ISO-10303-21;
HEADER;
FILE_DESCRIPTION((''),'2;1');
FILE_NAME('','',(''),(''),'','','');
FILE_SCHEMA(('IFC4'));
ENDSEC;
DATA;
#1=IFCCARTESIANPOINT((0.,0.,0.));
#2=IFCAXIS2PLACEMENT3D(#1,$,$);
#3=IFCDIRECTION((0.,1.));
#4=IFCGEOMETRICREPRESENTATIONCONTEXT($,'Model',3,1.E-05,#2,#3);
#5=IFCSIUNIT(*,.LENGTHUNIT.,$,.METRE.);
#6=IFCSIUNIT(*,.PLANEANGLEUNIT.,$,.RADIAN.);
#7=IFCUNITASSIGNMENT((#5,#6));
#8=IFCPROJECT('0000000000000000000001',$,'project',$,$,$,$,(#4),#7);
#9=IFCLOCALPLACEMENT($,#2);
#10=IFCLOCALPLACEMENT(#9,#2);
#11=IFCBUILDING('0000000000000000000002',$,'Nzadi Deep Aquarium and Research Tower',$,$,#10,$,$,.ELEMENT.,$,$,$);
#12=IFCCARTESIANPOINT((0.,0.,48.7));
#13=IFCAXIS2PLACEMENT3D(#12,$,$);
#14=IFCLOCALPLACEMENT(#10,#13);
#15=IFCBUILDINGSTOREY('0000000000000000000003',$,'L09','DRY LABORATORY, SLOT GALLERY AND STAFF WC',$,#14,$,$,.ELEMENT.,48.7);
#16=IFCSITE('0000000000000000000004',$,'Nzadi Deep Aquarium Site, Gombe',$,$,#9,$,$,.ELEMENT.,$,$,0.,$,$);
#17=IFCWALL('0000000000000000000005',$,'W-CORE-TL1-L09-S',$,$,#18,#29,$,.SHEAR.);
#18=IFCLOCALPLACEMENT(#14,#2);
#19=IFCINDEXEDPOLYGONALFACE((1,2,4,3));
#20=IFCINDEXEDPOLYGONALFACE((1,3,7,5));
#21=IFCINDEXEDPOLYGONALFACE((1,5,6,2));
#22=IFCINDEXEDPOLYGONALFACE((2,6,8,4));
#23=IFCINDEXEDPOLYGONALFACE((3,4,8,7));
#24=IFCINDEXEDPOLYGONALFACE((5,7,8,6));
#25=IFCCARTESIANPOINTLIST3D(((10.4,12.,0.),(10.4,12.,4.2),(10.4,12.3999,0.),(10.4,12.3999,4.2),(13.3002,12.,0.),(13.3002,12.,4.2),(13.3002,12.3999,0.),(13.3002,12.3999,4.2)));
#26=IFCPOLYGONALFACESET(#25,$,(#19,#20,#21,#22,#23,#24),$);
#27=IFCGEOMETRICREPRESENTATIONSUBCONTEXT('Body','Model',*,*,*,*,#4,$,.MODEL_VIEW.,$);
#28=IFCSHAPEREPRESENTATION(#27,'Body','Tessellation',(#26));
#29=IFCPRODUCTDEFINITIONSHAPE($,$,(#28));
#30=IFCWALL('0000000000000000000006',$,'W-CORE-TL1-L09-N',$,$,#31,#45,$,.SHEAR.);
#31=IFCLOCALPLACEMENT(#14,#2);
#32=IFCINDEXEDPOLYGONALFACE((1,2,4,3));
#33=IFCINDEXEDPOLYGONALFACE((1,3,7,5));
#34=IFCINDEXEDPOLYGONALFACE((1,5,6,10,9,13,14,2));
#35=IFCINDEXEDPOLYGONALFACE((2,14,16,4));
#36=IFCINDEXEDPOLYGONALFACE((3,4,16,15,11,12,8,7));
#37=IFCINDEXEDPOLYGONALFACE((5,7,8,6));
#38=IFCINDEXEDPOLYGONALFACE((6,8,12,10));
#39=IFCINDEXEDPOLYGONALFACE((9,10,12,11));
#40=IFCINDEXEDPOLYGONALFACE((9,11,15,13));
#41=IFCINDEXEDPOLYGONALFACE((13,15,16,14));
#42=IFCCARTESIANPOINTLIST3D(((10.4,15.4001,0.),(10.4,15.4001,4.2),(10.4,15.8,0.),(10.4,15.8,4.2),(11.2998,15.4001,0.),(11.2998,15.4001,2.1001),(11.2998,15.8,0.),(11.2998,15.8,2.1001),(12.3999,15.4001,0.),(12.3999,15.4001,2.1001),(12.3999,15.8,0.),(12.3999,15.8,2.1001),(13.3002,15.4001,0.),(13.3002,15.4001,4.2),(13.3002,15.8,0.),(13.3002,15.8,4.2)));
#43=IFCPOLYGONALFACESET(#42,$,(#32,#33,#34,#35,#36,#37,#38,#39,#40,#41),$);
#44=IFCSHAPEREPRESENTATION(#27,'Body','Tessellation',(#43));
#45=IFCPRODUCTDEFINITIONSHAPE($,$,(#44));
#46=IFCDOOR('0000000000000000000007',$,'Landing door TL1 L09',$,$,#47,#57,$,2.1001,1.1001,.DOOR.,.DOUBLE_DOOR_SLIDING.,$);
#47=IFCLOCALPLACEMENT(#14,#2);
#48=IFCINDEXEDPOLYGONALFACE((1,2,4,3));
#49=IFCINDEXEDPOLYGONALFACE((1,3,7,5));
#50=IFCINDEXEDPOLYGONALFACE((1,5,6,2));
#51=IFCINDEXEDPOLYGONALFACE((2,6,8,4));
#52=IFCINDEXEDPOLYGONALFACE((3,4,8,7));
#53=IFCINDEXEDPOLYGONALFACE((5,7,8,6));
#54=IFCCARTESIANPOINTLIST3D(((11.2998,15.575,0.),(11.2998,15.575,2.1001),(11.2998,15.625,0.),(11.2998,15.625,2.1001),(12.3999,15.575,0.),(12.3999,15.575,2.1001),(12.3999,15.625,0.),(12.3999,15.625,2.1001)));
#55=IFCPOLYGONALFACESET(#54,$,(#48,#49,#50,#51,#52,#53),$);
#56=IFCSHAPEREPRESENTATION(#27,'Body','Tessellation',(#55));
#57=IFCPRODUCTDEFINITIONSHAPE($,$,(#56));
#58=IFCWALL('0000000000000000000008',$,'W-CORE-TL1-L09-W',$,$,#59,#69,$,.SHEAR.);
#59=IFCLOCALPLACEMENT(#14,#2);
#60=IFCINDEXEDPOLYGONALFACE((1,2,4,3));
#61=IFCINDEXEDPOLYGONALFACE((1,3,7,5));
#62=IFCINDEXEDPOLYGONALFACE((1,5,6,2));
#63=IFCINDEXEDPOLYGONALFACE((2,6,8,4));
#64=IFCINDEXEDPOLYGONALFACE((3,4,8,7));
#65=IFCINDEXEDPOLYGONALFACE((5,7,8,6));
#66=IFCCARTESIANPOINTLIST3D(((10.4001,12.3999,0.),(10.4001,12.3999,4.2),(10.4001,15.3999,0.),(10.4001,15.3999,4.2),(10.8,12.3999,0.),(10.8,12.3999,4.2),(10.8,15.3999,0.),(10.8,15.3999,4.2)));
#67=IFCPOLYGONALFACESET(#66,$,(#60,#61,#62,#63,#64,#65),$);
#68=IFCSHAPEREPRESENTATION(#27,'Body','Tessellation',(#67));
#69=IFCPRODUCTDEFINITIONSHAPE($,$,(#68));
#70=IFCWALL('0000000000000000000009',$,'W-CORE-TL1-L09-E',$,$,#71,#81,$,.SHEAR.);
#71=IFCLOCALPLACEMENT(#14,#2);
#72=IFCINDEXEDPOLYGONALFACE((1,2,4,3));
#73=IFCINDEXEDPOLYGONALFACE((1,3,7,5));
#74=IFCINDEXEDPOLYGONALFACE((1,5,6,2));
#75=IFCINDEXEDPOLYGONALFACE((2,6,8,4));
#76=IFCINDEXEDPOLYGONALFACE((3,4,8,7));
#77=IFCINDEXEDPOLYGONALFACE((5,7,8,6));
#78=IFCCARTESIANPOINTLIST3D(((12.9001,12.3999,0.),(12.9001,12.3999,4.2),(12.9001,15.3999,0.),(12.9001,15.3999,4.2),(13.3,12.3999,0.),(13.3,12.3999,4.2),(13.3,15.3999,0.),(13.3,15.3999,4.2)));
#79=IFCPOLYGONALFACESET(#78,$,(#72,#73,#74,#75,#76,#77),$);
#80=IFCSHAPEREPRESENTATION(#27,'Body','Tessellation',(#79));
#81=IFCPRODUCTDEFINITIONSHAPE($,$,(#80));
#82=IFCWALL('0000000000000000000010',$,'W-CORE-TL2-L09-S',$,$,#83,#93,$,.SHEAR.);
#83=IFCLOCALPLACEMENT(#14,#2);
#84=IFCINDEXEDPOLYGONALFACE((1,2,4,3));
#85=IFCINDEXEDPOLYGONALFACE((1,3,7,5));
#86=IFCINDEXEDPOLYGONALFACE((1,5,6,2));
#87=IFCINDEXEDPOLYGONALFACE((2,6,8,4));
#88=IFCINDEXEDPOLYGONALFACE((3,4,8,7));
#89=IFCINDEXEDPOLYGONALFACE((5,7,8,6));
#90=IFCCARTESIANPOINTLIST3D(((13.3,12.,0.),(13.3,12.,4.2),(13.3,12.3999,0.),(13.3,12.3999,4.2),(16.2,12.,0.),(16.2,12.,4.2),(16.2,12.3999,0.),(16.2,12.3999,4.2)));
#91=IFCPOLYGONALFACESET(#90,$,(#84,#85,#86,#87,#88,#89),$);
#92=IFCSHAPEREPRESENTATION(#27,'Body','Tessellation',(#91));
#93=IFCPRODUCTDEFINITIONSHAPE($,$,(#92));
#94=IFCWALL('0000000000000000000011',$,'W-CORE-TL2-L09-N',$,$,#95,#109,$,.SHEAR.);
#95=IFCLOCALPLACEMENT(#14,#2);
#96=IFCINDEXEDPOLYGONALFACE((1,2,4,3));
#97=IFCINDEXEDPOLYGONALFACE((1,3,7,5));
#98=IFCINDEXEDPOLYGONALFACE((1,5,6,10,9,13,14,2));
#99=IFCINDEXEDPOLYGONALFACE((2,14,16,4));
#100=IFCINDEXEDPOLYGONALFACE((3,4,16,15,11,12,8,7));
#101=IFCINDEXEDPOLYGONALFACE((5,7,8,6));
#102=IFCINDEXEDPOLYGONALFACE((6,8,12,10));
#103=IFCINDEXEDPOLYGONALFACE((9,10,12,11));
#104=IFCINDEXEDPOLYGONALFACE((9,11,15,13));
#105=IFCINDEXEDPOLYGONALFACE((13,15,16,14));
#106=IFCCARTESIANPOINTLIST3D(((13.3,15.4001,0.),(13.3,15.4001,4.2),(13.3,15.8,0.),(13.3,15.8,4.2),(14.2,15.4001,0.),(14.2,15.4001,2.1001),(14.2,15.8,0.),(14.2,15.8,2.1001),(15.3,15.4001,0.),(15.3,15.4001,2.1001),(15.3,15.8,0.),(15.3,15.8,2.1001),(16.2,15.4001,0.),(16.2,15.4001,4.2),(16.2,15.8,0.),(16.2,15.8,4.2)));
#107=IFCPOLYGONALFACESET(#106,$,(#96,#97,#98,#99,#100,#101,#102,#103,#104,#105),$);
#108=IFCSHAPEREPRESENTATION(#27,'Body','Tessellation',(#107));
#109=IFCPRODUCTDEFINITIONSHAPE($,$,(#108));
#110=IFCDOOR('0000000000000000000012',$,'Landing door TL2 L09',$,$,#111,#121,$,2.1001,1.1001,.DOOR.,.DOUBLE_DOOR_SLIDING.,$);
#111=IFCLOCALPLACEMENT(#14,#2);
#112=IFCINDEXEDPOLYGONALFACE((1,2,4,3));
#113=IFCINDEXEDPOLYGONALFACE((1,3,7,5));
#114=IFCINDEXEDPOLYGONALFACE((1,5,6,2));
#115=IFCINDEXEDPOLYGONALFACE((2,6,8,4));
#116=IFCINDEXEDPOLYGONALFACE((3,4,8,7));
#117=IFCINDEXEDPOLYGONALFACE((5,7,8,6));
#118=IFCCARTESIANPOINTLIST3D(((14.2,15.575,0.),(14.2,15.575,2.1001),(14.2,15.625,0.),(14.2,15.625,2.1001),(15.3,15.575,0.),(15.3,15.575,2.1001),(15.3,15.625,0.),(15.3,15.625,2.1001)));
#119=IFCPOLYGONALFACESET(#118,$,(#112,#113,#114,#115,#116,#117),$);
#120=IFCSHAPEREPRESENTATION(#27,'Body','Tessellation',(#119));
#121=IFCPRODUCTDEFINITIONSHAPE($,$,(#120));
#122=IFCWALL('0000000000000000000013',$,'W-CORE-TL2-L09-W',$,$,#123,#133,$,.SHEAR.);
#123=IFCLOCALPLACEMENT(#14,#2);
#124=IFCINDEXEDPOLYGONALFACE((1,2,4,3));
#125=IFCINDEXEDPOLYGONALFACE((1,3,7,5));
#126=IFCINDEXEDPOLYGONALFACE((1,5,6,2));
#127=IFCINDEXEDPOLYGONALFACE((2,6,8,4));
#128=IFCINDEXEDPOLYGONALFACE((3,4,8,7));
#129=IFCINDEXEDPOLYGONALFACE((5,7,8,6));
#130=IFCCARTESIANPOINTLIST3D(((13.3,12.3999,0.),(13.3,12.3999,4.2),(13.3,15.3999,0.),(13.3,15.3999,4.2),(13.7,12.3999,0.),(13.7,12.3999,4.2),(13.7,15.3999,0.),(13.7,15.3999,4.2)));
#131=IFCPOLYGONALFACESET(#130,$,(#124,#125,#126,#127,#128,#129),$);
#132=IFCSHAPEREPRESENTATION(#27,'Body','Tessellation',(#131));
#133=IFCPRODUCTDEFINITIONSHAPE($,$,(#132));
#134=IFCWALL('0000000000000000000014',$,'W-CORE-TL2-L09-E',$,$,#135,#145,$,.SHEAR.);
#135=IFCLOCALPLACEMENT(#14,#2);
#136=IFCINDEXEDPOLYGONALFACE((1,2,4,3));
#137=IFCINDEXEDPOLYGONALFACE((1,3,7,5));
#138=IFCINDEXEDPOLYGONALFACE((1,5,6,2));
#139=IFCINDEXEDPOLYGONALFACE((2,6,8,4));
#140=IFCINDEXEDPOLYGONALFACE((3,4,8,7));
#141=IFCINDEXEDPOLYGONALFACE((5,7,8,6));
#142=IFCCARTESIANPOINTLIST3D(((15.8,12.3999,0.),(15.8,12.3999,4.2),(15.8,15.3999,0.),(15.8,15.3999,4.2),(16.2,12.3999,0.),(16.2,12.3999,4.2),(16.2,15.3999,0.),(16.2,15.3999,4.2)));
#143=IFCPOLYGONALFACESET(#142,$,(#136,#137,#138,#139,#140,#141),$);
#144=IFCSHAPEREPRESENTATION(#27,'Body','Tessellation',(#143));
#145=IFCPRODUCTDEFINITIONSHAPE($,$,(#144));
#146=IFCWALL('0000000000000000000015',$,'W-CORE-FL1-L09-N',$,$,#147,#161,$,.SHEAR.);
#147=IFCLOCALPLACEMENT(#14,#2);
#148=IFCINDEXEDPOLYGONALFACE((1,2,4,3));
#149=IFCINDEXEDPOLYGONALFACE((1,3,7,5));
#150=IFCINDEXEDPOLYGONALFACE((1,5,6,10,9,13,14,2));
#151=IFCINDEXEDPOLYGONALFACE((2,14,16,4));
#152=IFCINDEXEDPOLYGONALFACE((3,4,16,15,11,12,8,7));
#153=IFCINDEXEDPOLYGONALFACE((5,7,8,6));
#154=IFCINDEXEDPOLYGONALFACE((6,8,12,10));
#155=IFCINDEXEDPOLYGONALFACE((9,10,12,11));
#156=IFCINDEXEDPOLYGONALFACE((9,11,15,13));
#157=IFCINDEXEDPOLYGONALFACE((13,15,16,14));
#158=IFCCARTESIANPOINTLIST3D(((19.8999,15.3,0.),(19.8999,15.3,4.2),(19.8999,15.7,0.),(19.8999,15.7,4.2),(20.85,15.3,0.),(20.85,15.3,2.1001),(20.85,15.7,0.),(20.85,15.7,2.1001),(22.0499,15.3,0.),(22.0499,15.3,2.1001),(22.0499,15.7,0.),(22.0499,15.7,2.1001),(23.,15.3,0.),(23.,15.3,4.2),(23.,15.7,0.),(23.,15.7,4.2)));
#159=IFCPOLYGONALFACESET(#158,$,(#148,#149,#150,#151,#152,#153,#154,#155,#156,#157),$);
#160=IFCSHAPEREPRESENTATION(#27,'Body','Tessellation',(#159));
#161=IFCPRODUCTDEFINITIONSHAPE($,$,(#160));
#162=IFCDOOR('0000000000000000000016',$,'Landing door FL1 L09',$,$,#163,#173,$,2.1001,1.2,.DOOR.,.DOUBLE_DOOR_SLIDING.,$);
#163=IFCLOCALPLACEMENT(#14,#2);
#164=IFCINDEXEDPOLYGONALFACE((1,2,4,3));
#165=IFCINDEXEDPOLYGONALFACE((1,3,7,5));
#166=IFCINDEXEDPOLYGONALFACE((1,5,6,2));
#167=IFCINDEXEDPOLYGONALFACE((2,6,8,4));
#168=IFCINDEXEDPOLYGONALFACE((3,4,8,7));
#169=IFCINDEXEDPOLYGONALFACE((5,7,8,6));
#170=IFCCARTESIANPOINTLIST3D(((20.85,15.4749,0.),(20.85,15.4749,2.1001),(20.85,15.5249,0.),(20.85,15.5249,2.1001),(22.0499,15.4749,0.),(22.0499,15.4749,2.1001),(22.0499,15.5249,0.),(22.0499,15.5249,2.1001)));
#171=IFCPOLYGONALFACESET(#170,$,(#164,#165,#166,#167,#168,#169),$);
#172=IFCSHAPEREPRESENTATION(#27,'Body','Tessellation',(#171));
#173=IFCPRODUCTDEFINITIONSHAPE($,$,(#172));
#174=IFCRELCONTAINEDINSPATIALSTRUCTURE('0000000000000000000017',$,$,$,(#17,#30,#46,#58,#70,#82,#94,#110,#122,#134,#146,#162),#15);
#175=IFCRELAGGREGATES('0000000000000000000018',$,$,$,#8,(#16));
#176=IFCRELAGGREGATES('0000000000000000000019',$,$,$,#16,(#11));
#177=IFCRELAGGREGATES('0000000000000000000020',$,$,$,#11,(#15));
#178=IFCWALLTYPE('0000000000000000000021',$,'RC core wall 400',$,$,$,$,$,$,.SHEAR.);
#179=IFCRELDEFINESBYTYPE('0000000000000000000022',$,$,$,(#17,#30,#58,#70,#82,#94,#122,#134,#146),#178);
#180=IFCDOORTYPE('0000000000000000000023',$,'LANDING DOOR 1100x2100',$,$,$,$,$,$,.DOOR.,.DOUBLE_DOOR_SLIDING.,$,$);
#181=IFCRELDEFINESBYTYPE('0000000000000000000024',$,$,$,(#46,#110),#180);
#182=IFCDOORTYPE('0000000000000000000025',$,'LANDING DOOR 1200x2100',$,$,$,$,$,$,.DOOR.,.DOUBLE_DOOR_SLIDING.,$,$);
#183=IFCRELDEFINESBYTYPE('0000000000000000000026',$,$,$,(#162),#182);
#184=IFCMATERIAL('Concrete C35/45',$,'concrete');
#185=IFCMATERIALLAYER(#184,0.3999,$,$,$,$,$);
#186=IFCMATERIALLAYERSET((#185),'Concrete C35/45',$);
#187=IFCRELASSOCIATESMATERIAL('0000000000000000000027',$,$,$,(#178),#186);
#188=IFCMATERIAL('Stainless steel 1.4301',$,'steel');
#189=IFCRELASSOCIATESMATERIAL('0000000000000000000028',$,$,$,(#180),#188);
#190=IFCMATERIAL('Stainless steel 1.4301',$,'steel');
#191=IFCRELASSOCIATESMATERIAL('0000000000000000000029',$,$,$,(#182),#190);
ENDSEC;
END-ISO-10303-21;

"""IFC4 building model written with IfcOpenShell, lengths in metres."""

from ifc_helpers import new_model, si_unit, direction, frame, frame_2d, origin, place, context, subcontext, project, spatial, rectangle, extrude, material, layer, layer_set, type_object, element, fill, save


model = new_model("IFC4")

# Units and contexts
model_context = context("Model", 3, precision=1e-05, world=origin(), true_north=direction((0.0, 1.0)))
body_context = subcontext(model_context, "Body", "Model", "MODEL_VIEW")
ifc_project = project(units=[si_unit("LENGTHUNIT", "METRE"), si_unit("PLANEANGLEUNIT", "RADIAN")], contexts=[model_context])

# Site, building, storey
site_placement = place(None, origin())
site = spatial("IfcSite", under=ifc_project, at=site_placement, Name="Nzadi Deep Aquarium Site, Gombe", CompositionType="ELEMENT", RefElevation=0.0)
building_placement = place(site_placement, origin())
building = spatial("IfcBuilding", under=site, at=building_placement, Name="Nzadi Deep Aquarium and Research Tower", CompositionType="ELEMENT")
storey_placement = place(building_placement, frame((0.0, 0.0, 48.7)))
storey = spatial("IfcBuildingStorey", under=building, at=storey_placement, Name="L09", Description="DRY LABORATORY, SLOT GALLERY AND STAFF WC", CompositionType="ELEMENT", Elevation=48.7)

# Wall
ifc_material_1 = material(Name="Concrete C35/45", Category="concrete")
ifc_layer_1 = layer(ifc_material_1, 0.3999)
ifc_layer_set_1 = layer_set([ifc_layer_1], Name="Concrete C35/45")
wall_type_1 = type_object("IfcWallType", Name="RC core wall 400", PredefinedType="SHEAR", material=ifc_layer_set_1)
wall_1_placement = place(storey_placement, frame((10.3999, 12.2, 0.0), z_axis=(0.0, 0.0, 1.0), x_axis=(1.0, 0.0, 0.0)))
element("IfcWall", 1, at=wall_1_placement, inside=storey, type_object=wall_type_1, Name="W-CORE-TL1-L09-S", PredefinedType="SHEAR", context=body_context, shape_type="SweptSolid", body=[
    extrude(rectangle(XDim=2.9001, YDim=0.3999, at=frame_2d((1.4502, 0.0))), origin(), (0.0, 0.0, 1.0), 4.2),
])

# Wall, opening, door
wall_2_placement = place(storey_placement, frame((10.3999, 15.6001, 0.0), z_axis=(0.0, 0.0, 1.0), x_axis=(1.0, 0.0, 0.0)))
wall_2 = element("IfcWall", 2, at=wall_2_placement, inside=storey, type_object=wall_type_1, Name="W-CORE-TL1-L09-N", PredefinedType="SHEAR", context=body_context, shape_type="SweptSolid", body=[
    extrude(rectangle(XDim=2.9001, YDim=0.3999, at=frame_2d((1.4502, 0.0))), origin(), (0.0, 0.0, 1.0), 4.2),
])
opening_1_placement = place(wall_2_placement, frame((0.8999, 0.0, 0.0)))
opening_1 = element("IfcOpeningElement", 3, at=opening_1_placement, cuts=wall_2, PredefinedType="OPENING", context=body_context, shape_type="SweptSolid", body=[
    extrude(rectangle(XDim=1.1001, YDim=2.1001, at=frame_2d((0.55, 1.05))), frame((0.0, 0.21, 0.0), z_axis=(0.0, -1.0, 0.0), x_axis=(1.0, 0.0, 0.0)), (0.0, 0.0, 1.0), 0.4199),
])
ifc_material_2 = material(Name="Stainless steel 1.4301", Category="steel")
door_type_1 = type_object("IfcDoorType", Name="LANDING DOOR 1100x2100", OperationType="DOUBLE_DOOR_SLIDING", PredefinedType="DOOR", material=ifc_material_2)
door_1_placement = place(opening_1_placement, origin())
door_1 = element("IfcDoor", 4, at=door_1_placement, inside=storey, type_object=door_type_1, Name="Landing door TL1 L09", OperationType="DOUBLE_DOOR_SLIDING", OverallHeight=2.1001, OverallWidth=1.1001, PredefinedType="DOOR", context=body_context, shape_type="SweptSolid", body=[
    extrude(rectangle(XDim=1.1001, YDim=2.1001, at=frame_2d((0.55, 1.05))), frame((0.0, 0.0249, 0.0), z_axis=(0.0, -1.0, 0.0), x_axis=(1.0, 0.0, 0.0)), (0.0, 0.0, 1.0), 0.05),
])
fill(opening_1, door_1)

# Walls
for number, where, z_axis, x_axis, name in (
    (5, (10.6001, 12.3999, 0.0), (0.0, 0.0, 1.0), (0.0, 1.0, 0.0), "W-CORE-TL1-L09-W"),
    (6, (13.1001, 12.3999, 0.0), (0.0, 0.0, 1.0), (0.0, 1.0, 0.0), "W-CORE-TL1-L09-E"),
):
    element("IfcWall", number, at=place(storey_placement, frame(where, z_axis=z_axis, x_axis=x_axis)), inside=storey, type_object=wall_type_1, Name=name, PredefinedType="SHEAR", context=body_context, shape_type="SweptSolid", body=[
        extrude(rectangle(XDim=3.0, YDim=0.3999, at=frame_2d((1.5, 0.0))), origin(), (0.0, 0.0, 1.0), 4.2),
    ])
wall_3_placement = place(storey_placement, frame((13.3, 12.2, 0.0), z_axis=(0.0, 0.0, 1.0), x_axis=(1.0, 0.0, 0.0)))
element("IfcWall", 7, at=wall_3_placement, inside=storey, type_object=wall_type_1, Name="W-CORE-TL2-L09-S", PredefinedType="SHEAR", context=body_context, shape_type="SweptSolid", body=[
    extrude(rectangle(XDim=2.8999, YDim=0.3999, at=frame_2d((1.45, 0.0))), origin(), (0.0, 0.0, 1.0), 4.2),
])

# Wall, opening, door
wall_4_placement = place(storey_placement, frame((13.3, 15.6001, 0.0), z_axis=(0.0, 0.0, 1.0), x_axis=(1.0, 0.0, 0.0)))
wall_4 = element("IfcWall", 8, at=wall_4_placement, inside=storey, type_object=wall_type_1, Name="W-CORE-TL2-L09-N", PredefinedType="SHEAR", context=body_context, shape_type="SweptSolid", body=[
    extrude(rectangle(XDim=2.8999, YDim=0.3999, at=frame_2d((1.45, 0.0))), origin(), (0.0, 0.0, 1.0), 4.2),
])
opening_2_placement = place(wall_4_placement, frame((0.8999, 0.0, 0.0)))
opening_2 = element("IfcOpeningElement", 9, at=opening_2_placement, cuts=wall_4, PredefinedType="OPENING", context=body_context, shape_type="SweptSolid", body=[
    extrude(rectangle(XDim=1.1001, YDim=2.1001, at=frame_2d((0.55, 1.05))), frame((0.0, 0.21, 0.0), z_axis=(0.0, -1.0, 0.0), x_axis=(1.0, 0.0, 0.0)), (0.0, 0.0, 1.0), 0.4199),
])
door_2_placement = place(opening_2_placement, origin())
door_2 = element("IfcDoor", 10, at=door_2_placement, inside=storey, type_object=door_type_1, Name="Landing door TL2 L09", OperationType="DOUBLE_DOOR_SLIDING", OverallHeight=2.1001, OverallWidth=1.1001, PredefinedType="DOOR", context=body_context, shape_type="SweptSolid", body=[
    extrude(rectangle(XDim=1.1001, YDim=2.1001, at=frame_2d((0.55, 1.05))), frame((0.0, 0.0249, 0.0), z_axis=(0.0, -1.0, 0.0), x_axis=(1.0, 0.0, 0.0)), (0.0, 0.0, 1.0), 0.05),
])
fill(opening_2, door_2)

# Walls
for number, where, z_axis, x_axis, name in (
    (11, (13.5, 12.3999, 0.0), (0.0, 0.0, 1.0), (0.0, 1.0, 0.0), "W-CORE-TL2-L09-W"),
    (12, (16.0, 12.3999, 0.0), (0.0, 0.0, 1.0), (0.0, 1.0, 0.0), "W-CORE-TL2-L09-E"),
):
    element("IfcWall", number, at=place(storey_placement, frame(where, z_axis=z_axis, x_axis=x_axis)), inside=storey, type_object=wall_type_1, Name=name, PredefinedType="SHEAR", context=body_context, shape_type="SweptSolid", body=[
        extrude(rectangle(XDim=3.0, YDim=0.3999, at=frame_2d((1.5, 0.0))), origin(), (0.0, 0.0, 1.0), 4.2),
    ])

# Wall, opening, door
wall_5_placement = place(storey_placement, frame((19.8999, 15.5, 0.0), z_axis=(0.0, 0.0, 1.0), x_axis=(1.0, 0.0, 0.0)))
wall_5 = element("IfcWall", 13, at=wall_5_placement, inside=storey, type_object=wall_type_1, Name="W-CORE-FL1-L09-N", PredefinedType="SHEAR", context=body_context, shape_type="SweptSolid", body=[
    extrude(rectangle(XDim=3.1001, YDim=0.3999, at=frame_2d((1.55, 0.0))), origin(), (0.0, 0.0, 1.0), 4.2),
])
opening_3_placement = place(wall_5_placement, frame((0.95, 0.0, 0.0)))
opening_3 = element("IfcOpeningElement", 14, at=opening_3_placement, cuts=wall_5, PredefinedType="OPENING", context=body_context, shape_type="SweptSolid", body=[
    extrude(rectangle(XDim=1.2, YDim=2.1001, at=frame_2d((0.6001, 1.05))), frame((0.0, 0.21, 0.0), z_axis=(0.0, -1.0, 0.0), x_axis=(1.0, 0.0, 0.0)), (0.0, 0.0, 1.0), 0.4199),
])
ifc_material_3 = material(Name="Stainless steel 1.4301", Category="steel")
door_type_2 = type_object("IfcDoorType", Name="LANDING DOOR 1200x2100", OperationType="DOUBLE_DOOR_SLIDING", PredefinedType="DOOR", material=ifc_material_3)
door_3_placement = place(opening_3_placement, origin())
door_3 = element("IfcDoor", 15, at=door_3_placement, inside=storey, type_object=door_type_2, Name="Landing door FL1 L09", OperationType="DOUBLE_DOOR_SLIDING", OverallHeight=2.1001, OverallWidth=1.2, PredefinedType="DOOR", context=body_context, shape_type="SweptSolid", body=[
    extrude(rectangle(XDim=1.2, YDim=2.1001, at=frame_2d((0.6001, 1.05))), frame((0.0, 0.0249, 0.0), z_axis=(0.0, -1.0, 0.0), x_axis=(1.0, 0.0, 0.0)), (0.0, 0.0, 1.0), 0.05),
])
fill(opening_3, door_3)

save(model, "model.ifc")
